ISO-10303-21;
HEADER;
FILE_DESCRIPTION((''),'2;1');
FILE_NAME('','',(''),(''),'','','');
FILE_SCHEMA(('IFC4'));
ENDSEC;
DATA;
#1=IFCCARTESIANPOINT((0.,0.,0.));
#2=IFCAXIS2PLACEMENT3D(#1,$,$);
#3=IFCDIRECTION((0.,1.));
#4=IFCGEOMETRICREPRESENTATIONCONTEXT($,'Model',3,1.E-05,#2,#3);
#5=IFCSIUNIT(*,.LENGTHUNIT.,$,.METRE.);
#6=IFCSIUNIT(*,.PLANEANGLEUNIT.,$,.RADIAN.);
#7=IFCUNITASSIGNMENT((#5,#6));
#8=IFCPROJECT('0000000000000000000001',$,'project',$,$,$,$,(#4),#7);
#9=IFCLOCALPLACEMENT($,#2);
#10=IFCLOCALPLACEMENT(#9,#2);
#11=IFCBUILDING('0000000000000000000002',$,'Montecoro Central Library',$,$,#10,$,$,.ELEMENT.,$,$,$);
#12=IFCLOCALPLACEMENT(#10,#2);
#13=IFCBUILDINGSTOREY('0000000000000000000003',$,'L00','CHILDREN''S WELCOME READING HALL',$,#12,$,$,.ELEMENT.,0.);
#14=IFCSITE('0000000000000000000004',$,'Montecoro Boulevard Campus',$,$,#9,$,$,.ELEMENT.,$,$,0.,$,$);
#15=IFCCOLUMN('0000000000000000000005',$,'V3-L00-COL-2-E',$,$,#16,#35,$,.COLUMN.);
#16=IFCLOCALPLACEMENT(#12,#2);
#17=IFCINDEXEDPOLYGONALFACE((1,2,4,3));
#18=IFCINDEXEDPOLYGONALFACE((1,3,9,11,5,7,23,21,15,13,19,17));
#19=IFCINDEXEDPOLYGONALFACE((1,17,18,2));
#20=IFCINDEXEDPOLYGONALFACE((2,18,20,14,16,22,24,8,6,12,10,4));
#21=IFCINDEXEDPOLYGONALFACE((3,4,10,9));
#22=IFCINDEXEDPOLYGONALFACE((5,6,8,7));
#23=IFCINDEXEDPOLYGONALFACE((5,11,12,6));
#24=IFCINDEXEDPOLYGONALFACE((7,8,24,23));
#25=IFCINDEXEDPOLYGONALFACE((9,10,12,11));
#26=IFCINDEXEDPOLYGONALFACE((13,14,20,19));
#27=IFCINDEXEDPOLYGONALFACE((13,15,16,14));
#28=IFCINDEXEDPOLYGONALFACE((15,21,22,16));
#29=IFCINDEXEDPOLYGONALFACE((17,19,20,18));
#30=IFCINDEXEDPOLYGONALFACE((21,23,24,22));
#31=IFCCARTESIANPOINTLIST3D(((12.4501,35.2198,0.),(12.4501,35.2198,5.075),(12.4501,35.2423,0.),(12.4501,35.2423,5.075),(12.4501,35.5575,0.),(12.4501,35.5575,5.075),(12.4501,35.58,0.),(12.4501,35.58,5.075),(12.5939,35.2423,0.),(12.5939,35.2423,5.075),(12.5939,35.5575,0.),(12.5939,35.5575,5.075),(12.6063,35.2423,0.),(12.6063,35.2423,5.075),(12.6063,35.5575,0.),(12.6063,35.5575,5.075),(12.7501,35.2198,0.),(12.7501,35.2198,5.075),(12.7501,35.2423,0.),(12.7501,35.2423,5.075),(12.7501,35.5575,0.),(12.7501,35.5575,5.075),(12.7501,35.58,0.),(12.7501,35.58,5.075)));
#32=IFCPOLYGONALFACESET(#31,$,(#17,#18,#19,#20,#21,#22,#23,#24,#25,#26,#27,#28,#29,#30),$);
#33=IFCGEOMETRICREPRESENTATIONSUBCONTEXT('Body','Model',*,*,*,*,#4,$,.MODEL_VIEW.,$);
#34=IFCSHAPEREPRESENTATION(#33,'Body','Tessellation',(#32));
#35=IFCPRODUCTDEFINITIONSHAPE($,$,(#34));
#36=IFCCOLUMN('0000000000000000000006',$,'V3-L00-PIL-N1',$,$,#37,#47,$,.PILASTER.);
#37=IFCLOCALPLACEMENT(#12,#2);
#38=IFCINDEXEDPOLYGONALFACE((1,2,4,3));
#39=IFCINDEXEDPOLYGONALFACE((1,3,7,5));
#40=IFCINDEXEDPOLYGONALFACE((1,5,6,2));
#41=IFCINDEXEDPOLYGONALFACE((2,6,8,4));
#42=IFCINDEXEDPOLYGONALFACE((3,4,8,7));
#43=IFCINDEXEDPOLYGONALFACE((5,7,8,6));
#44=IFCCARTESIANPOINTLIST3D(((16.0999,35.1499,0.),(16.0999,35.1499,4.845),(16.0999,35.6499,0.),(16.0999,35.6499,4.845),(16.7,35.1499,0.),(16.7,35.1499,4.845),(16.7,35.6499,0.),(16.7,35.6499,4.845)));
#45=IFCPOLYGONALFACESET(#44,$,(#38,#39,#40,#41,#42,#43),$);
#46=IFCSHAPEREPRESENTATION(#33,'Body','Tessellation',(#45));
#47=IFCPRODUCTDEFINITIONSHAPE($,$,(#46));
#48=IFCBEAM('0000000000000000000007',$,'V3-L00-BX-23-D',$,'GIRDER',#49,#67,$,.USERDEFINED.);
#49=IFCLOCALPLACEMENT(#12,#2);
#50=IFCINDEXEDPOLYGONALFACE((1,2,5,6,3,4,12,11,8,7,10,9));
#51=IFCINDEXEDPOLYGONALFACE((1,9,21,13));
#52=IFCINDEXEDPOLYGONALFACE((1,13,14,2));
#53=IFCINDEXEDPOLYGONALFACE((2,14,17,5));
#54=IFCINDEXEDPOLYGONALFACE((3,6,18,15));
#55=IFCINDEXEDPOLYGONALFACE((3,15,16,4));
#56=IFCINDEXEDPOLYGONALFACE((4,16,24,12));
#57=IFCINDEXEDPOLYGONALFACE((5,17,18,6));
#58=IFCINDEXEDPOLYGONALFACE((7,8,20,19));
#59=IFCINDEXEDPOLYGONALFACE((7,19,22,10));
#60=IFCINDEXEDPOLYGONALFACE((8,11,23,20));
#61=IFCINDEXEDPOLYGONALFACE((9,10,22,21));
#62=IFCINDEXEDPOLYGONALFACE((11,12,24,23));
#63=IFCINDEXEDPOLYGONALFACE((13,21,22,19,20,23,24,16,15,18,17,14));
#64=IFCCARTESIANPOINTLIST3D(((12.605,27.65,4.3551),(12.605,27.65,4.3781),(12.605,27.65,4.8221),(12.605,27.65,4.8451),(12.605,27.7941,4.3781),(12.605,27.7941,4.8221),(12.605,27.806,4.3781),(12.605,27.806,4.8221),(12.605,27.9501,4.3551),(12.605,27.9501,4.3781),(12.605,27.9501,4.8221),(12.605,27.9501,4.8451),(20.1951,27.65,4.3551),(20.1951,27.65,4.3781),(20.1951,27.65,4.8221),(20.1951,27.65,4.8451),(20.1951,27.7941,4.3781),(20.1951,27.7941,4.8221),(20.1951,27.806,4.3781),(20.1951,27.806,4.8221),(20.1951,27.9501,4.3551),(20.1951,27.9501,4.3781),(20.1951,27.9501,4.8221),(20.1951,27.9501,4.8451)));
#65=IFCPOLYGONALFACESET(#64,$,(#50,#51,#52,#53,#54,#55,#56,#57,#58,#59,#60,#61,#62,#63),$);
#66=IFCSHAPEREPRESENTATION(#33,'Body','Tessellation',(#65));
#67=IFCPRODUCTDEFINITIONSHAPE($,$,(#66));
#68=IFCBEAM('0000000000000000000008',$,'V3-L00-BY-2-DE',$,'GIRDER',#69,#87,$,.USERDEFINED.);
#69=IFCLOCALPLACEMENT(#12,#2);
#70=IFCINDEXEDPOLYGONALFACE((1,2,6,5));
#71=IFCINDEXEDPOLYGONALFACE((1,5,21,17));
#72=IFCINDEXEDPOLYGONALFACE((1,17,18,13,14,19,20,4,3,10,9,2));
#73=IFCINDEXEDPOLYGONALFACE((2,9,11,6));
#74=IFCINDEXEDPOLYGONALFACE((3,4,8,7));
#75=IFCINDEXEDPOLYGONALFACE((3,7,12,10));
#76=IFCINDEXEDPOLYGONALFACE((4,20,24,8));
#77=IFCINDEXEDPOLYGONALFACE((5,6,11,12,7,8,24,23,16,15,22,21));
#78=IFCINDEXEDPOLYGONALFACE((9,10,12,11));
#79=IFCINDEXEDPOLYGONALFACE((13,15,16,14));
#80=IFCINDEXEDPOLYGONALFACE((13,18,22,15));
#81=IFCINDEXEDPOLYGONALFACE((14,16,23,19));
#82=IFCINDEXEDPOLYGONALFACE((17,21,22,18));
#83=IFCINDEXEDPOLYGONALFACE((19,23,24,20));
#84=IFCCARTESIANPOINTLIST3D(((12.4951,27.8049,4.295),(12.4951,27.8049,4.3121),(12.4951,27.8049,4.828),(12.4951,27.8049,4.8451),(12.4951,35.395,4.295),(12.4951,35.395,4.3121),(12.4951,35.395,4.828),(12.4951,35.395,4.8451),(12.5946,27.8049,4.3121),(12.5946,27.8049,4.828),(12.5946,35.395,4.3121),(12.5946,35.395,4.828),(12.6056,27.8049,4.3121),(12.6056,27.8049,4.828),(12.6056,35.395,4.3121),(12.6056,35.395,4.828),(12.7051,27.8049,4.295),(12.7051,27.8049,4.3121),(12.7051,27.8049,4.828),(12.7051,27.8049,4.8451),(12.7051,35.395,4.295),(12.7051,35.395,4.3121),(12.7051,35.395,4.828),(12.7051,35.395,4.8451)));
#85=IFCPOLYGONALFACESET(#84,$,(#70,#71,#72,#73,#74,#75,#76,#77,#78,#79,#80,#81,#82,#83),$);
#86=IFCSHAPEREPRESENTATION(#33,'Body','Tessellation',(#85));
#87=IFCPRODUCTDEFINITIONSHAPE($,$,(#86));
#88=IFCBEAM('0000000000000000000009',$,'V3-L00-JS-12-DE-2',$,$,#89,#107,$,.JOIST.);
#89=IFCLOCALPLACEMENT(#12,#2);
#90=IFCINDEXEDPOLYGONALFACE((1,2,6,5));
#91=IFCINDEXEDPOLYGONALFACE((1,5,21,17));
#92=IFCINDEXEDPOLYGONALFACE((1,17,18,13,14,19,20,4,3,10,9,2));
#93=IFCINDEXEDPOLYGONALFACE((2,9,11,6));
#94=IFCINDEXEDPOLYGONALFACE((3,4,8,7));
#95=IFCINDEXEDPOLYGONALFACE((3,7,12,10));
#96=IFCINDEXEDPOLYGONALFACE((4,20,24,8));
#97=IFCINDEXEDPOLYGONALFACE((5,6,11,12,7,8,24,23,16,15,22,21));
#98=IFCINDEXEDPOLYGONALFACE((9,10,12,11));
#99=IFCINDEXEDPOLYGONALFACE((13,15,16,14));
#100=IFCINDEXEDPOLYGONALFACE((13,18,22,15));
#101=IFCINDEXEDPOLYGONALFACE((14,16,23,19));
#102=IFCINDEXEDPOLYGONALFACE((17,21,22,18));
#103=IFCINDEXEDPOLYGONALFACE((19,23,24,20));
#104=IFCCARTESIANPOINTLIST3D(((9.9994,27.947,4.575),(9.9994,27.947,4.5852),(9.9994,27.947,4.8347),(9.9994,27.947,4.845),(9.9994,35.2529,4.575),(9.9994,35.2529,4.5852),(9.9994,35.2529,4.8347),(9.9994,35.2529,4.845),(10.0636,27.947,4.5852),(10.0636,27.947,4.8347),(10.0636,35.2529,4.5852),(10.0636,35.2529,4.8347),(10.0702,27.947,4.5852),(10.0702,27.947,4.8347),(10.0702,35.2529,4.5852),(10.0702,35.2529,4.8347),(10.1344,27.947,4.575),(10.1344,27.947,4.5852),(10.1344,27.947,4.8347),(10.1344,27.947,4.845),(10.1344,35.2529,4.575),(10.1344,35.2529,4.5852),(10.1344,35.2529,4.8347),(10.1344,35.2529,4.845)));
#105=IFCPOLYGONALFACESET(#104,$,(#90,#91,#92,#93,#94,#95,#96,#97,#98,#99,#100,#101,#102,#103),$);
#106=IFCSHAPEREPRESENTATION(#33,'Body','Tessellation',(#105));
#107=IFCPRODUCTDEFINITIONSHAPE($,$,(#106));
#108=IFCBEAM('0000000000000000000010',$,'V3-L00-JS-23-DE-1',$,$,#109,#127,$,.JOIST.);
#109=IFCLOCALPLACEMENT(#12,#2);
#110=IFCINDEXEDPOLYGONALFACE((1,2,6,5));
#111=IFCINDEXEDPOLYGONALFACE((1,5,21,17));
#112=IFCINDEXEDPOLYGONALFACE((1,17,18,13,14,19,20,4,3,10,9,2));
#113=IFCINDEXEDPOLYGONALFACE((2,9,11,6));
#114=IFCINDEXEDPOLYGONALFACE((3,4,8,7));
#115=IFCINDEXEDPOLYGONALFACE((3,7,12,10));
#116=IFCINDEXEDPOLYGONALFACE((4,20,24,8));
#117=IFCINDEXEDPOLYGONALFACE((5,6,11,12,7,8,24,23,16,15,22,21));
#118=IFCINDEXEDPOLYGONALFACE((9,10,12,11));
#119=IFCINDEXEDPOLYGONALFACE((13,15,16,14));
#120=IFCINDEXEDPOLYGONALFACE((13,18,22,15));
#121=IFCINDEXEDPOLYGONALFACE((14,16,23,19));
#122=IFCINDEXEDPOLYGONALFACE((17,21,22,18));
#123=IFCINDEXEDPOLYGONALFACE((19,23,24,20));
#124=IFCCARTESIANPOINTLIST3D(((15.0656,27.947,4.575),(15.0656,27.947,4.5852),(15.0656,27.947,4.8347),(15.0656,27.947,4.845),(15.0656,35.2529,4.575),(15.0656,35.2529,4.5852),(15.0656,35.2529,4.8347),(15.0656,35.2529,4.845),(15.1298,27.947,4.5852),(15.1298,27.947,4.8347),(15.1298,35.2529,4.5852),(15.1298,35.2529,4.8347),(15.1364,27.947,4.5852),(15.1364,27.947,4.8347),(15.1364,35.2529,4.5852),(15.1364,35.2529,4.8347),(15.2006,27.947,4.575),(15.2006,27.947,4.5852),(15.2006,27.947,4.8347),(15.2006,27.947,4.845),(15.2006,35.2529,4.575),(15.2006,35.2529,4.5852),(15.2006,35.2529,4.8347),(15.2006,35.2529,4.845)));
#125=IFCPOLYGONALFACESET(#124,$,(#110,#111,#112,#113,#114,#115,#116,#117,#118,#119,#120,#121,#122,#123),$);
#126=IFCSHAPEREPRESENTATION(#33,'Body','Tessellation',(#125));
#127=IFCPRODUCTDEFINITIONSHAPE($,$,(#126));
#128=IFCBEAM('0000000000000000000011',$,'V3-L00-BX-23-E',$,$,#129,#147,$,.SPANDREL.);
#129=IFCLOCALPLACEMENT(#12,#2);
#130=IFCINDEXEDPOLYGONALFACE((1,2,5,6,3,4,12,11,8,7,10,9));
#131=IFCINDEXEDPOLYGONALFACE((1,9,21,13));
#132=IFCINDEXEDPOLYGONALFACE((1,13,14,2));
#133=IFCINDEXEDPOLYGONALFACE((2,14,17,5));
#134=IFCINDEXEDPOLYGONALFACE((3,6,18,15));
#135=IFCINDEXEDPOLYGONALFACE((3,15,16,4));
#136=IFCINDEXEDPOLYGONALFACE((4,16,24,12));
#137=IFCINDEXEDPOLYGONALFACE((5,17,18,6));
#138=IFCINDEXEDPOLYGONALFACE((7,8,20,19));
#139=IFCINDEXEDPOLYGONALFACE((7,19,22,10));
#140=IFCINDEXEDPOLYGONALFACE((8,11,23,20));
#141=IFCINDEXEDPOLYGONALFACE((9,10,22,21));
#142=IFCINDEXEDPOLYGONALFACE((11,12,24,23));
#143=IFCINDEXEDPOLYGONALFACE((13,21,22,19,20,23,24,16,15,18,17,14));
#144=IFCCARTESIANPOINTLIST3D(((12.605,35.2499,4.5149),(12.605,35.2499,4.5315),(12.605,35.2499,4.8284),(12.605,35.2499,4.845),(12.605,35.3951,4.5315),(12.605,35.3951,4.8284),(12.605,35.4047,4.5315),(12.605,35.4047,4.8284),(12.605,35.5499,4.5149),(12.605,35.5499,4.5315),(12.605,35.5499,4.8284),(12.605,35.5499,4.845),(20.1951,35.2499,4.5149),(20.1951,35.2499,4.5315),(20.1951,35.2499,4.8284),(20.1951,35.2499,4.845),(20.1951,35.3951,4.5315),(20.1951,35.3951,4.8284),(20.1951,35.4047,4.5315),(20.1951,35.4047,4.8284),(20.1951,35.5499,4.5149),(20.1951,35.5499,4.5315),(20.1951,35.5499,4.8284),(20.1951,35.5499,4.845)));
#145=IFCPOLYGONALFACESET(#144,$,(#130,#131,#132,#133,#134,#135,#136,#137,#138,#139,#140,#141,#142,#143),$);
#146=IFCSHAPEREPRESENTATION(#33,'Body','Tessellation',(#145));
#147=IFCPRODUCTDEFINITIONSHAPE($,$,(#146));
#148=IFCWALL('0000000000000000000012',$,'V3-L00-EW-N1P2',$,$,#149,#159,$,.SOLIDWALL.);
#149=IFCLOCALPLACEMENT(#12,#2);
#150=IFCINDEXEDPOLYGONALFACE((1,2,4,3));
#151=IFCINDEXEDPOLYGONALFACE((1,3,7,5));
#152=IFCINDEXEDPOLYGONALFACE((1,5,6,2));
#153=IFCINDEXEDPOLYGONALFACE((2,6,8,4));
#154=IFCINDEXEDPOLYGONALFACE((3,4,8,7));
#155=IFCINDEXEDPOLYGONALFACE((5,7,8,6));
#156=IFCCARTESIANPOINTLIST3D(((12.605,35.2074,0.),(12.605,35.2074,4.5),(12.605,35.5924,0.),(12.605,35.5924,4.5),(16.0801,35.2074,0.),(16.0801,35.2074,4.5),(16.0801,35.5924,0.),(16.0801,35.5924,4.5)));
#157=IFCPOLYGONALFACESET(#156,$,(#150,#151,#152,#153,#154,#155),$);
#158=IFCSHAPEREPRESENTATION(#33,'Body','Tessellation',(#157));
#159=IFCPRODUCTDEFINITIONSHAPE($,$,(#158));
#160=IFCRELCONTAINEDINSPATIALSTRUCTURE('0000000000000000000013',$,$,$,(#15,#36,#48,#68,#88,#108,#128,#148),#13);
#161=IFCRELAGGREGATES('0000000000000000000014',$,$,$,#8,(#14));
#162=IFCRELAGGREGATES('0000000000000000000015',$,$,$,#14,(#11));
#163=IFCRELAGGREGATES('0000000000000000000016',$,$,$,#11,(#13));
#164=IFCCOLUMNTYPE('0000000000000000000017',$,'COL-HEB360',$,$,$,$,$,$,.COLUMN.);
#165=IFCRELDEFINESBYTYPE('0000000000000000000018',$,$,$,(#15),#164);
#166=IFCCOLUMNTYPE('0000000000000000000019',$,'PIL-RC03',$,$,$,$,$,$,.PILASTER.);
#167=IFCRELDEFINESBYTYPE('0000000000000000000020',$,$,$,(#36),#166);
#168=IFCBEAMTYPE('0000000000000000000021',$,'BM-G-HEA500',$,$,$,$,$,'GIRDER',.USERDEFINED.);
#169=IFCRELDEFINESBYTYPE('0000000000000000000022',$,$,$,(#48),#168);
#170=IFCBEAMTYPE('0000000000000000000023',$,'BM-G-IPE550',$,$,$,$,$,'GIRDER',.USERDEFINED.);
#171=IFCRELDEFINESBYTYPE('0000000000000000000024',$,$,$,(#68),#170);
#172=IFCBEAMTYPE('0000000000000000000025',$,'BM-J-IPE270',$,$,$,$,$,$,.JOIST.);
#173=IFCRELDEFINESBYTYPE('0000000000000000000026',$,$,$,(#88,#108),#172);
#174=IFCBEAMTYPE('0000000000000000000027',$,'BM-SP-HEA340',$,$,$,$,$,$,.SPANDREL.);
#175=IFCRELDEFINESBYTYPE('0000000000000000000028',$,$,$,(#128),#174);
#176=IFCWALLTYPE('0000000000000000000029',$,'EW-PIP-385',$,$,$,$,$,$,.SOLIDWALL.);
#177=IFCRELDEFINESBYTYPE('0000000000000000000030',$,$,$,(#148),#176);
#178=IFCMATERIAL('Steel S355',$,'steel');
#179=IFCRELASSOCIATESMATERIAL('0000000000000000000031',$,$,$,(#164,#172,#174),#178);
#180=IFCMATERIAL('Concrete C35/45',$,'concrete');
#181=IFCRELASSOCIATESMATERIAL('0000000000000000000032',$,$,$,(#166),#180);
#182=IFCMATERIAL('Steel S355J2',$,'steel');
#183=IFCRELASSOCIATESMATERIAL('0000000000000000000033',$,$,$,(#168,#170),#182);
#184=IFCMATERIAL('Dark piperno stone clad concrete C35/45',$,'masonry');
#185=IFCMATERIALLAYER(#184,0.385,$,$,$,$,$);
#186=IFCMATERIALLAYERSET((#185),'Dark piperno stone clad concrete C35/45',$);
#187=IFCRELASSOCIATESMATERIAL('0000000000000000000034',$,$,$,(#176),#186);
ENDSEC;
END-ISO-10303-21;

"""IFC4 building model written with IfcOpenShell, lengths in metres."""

from ifc_helpers import new_model, si_unit, direction, frame, frame_2d, origin, origin_2d, place, context, subcontext, project, spatial, rectangle, i_section, extrude, material, layer, layer_set, material_profile, profile_set, type_object, element, save


model = new_model("IFC4")

# Units and contexts
model_context = context("Model", 3, precision=1e-05, world=origin(), true_north=direction((0.0, 1.0)))
body_context = subcontext(model_context, "Body", "Model", "MODEL_VIEW")
ifc_project = project(units=[si_unit("LENGTHUNIT", "METRE"), si_unit("PLANEANGLEUNIT", "RADIAN")], contexts=[model_context])

# Site, building, storey
site_placement = place(None, origin())
site = spatial("IfcSite", under=ifc_project, at=site_placement, Name="Montecoro Boulevard Campus", CompositionType="ELEMENT", RefElevation=0.0)
building_placement = place(site_placement, origin())
building = spatial("IfcBuilding", under=site, at=building_placement, Name="Montecoro Central Library", CompositionType="ELEMENT")
storey_placement = place(building_placement, origin())
storey = spatial("IfcBuildingStorey", under=building, at=storey_placement, Name="L00", Description="CHILDREN'S WELCOME READING HALL", CompositionType="ELEMENT", Elevation=0.0)

# Shared definitions
ifc_material_1 = material(Name="Concrete C35/45", Category="concrete")

# Columns
ifc_material_2 = material(Name="Steel S355", Category="steel")
ifc_material_profile_1 = material_profile(ifc_material_2, i_section(OverallWidth=0.3, OverallDepth=0.3601, WebThickness=0.0125, FlangeThickness=0.0225, at=origin_2d()), Name="HEB 360")
ifc_profile_set_1 = profile_set([ifc_material_profile_1], Name="Steel S355")
column_type_1 = type_object("IfcColumnType", Name="COL-HEB360", PredefinedType="COLUMN", material=ifc_profile_set_1)
for number, where, z_axis, x_axis, name in (
    (1, (12.6001, 35.3999, 0.0), (0.0, 0.0, 1.0), (1.0, 0.0, 0.0), "V3-L00-COL-2-E"),
):
    element("IfcColumn", number, at=place(storey_placement, frame(where, z_axis=z_axis, x_axis=x_axis)), inside=storey, type_object=column_type_1, Name=name, PredefinedType="COLUMN", context=body_context, shape_type="SweptSolid", body=[
        extrude(i_section(OverallWidth=0.3, OverallDepth=0.3601, WebThickness=0.0125, FlangeThickness=0.0225, at=origin_2d()), origin(), (0.0, 0.0, 1.0), 5.075),
    ])
ifc_material_profile_2 = material_profile(ifc_material_1, rectangle(XDim=0.6001, YDim=0.5, at=origin_2d()), Name="RC PIL 600x500")
ifc_profile_set_2 = profile_set([ifc_material_profile_2], Name="Concrete C35/45")
column_type_2 = type_object("IfcColumnType", Name="PIL-RC03", PredefinedType="PILASTER", material=ifc_profile_set_2)
column_placement = place(storey_placement, frame((16.3999, 35.3999, 0.0), z_axis=(0.0, 0.0, 1.0), x_axis=(1.0, 0.0, 0.0)))
element("IfcColumn", 2, at=column_placement, inside=storey, type_object=column_type_2, Name="V3-L00-PIL-N1", PredefinedType="PILASTER", context=body_context, shape_type="SweptSolid", body=[
    extrude(rectangle(XDim=0.6001, YDim=0.5, at=origin_2d()), origin(), (0.0, 0.0, 1.0), 4.845),
])

# Beams
ifc_material_3 = material(Name="Steel S355J2", Category="steel")
ifc_material_profile_3 = material_profile(ifc_material_3, i_section(OverallWidth=0.3, OverallDepth=0.49, WebThickness=0.012, FlangeThickness=0.0229, at=origin_2d()), Name="HEA 500")
ifc_profile_set_3 = profile_set([ifc_material_profile_3], Name="Steel S355J2")
beam_type_1 = type_object("IfcBeamType", Name="BM-G-HEA500", ElementType="GIRDER", PredefinedType="USERDEFINED", material=ifc_profile_set_3)
beam_1_placement = place(storey_placement, frame((12.605, 27.8, 4.6001), z_axis=(1.0, 0.0, 0.0), x_axis=(0.0, 1.0, 0.0)))
element("IfcBeam", 3, at=beam_1_placement, inside=storey, type_object=beam_type_1, Name="V3-L00-BX-23-D", ObjectType="GIRDER", PredefinedType="USERDEFINED", context=body_context, shape_type="SweptSolid", body=[
    extrude(i_section(OverallWidth=0.3, OverallDepth=0.49, WebThickness=0.012, FlangeThickness=0.0229, at=origin_2d()), origin(), (0.0, 0.0, 1.0), 7.5901),
])
ifc_material_profile_4 = material_profile(ifc_material_3, i_section(OverallWidth=0.21, OverallDepth=0.55, WebThickness=0.011, FlangeThickness=0.0171, at=origin_2d()), Name="IPE 550")
ifc_profile_set_4 = profile_set([ifc_material_profile_4], Name="Steel S355J2")
beam_type_2 = type_object("IfcBeamType", Name="BM-G-IPE550", ElementType="GIRDER", PredefinedType="USERDEFINED", material=ifc_profile_set_4)
beam_2_placement = place(storey_placement, frame((12.6001, 27.8049, 4.5701), z_axis=(0.0, 1.0, 0.0), x_axis=(-1.0, 0.0, 0.0)))
element("IfcBeam", 4, at=beam_2_placement, inside=storey, type_object=beam_type_2, Name="V3-L00-BY-2-DE", ObjectType="GIRDER", PredefinedType="USERDEFINED", context=body_context, shape_type="SweptSolid", body=[
    extrude(i_section(OverallWidth=0.21, OverallDepth=0.55, WebThickness=0.011, FlangeThickness=0.0171, at=origin_2d()), origin(), (0.0, 0.0, 1.0), 7.5901),
])
ifc_material_profile_5 = material_profile(ifc_material_2, i_section(OverallWidth=0.135, OverallDepth=0.27, WebThickness=0.0066, FlangeThickness=0.0103, at=origin_2d()), Name="IPE 270")
ifc_profile_set_5 = profile_set([ifc_material_profile_5], Name="Steel S355")
beam_type_3 = type_object("IfcBeamType", Name="BM-J-IPE270", PredefinedType="JOIST", material=ifc_profile_set_5)
for number, where, z_axis, x_axis, name in (
    (5, (10.0669, 27.947, 4.71), (0.0, 1.0, 0.0), (-1.0, 0.0, 0.0), "V3-L00-JS-12-DE-2"),
    (6, (15.1331, 27.947, 4.71), (0.0, 1.0, 0.0), (-1.0, 0.0, 0.0), "V3-L00-JS-23-DE-1"),
):
    element("IfcBeam", number, at=place(storey_placement, frame(where, z_axis=z_axis, x_axis=x_axis)), inside=storey, type_object=beam_type_3, Name=name, PredefinedType="JOIST", context=body_context, shape_type="SweptSolid", body=[
        extrude(i_section(OverallWidth=0.135, OverallDepth=0.27, WebThickness=0.0066, FlangeThickness=0.0103, at=origin_2d()), origin(), (0.0, 0.0, 1.0), 7.3059),
    ])
ifc_material_profile_6 = material_profile(ifc_material_2, i_section(OverallWidth=0.3, OverallDepth=0.3301, WebThickness=0.0095, FlangeThickness=0.0166, at=origin_2d()), Name="HEA 340")
ifc_profile_set_6 = profile_set([ifc_material_profile_6], Name="Steel S355")
beam_type_4 = type_object("IfcBeamType", Name="BM-SP-HEA340", PredefinedType="SPANDREL", material=ifc_profile_set_6)
beam_3_placement = place(storey_placement, frame((12.605, 35.3999, 4.6799), z_axis=(1.0, 0.0, 0.0), x_axis=(0.0, 1.0, 0.0)))
element("IfcBeam", 7, at=beam_3_placement, inside=storey, type_object=beam_type_4, Name="V3-L00-BX-23-E", PredefinedType="SPANDREL", context=body_context, shape_type="SweptSolid", body=[
    extrude(i_section(OverallWidth=0.3, OverallDepth=0.3301, WebThickness=0.0095, FlangeThickness=0.0166, at=origin_2d()), origin(), (0.0, 0.0, 1.0), 7.5901),
])

# Wall
ifc_material_4 = material(Name="Dark piperno stone clad concrete C35/45", Category="masonry")
ifc_layer = layer(ifc_material_4, 0.385)
ifc_layer_set = layer_set([ifc_layer], Name="Dark piperno stone clad concrete C35/45")
wall_type = type_object("IfcWallType", Name="EW-PIP-385", PredefinedType="SOLIDWALL", material=ifc_layer_set)
wall_1_placement = place(storey_placement, frame((16.0801, 35.3999, 0.0), z_axis=(0.0, 0.0, 1.0), x_axis=(-1.0, 0.0, 0.0)))
element("IfcWall", 8, at=wall_1_placement, inside=storey, type_object=wall_type, Name="V3-L00-EW-N1P2", PredefinedType="SOLIDWALL", context=body_context, shape_type="SweptSolid", body=[
    extrude(rectangle(XDim=3.4751, YDim=0.385, at=frame_2d((1.7375, 0.0))), origin(), (0.0, 0.0, 1.0), 4.5),
])

save(model, "model.ifc")
